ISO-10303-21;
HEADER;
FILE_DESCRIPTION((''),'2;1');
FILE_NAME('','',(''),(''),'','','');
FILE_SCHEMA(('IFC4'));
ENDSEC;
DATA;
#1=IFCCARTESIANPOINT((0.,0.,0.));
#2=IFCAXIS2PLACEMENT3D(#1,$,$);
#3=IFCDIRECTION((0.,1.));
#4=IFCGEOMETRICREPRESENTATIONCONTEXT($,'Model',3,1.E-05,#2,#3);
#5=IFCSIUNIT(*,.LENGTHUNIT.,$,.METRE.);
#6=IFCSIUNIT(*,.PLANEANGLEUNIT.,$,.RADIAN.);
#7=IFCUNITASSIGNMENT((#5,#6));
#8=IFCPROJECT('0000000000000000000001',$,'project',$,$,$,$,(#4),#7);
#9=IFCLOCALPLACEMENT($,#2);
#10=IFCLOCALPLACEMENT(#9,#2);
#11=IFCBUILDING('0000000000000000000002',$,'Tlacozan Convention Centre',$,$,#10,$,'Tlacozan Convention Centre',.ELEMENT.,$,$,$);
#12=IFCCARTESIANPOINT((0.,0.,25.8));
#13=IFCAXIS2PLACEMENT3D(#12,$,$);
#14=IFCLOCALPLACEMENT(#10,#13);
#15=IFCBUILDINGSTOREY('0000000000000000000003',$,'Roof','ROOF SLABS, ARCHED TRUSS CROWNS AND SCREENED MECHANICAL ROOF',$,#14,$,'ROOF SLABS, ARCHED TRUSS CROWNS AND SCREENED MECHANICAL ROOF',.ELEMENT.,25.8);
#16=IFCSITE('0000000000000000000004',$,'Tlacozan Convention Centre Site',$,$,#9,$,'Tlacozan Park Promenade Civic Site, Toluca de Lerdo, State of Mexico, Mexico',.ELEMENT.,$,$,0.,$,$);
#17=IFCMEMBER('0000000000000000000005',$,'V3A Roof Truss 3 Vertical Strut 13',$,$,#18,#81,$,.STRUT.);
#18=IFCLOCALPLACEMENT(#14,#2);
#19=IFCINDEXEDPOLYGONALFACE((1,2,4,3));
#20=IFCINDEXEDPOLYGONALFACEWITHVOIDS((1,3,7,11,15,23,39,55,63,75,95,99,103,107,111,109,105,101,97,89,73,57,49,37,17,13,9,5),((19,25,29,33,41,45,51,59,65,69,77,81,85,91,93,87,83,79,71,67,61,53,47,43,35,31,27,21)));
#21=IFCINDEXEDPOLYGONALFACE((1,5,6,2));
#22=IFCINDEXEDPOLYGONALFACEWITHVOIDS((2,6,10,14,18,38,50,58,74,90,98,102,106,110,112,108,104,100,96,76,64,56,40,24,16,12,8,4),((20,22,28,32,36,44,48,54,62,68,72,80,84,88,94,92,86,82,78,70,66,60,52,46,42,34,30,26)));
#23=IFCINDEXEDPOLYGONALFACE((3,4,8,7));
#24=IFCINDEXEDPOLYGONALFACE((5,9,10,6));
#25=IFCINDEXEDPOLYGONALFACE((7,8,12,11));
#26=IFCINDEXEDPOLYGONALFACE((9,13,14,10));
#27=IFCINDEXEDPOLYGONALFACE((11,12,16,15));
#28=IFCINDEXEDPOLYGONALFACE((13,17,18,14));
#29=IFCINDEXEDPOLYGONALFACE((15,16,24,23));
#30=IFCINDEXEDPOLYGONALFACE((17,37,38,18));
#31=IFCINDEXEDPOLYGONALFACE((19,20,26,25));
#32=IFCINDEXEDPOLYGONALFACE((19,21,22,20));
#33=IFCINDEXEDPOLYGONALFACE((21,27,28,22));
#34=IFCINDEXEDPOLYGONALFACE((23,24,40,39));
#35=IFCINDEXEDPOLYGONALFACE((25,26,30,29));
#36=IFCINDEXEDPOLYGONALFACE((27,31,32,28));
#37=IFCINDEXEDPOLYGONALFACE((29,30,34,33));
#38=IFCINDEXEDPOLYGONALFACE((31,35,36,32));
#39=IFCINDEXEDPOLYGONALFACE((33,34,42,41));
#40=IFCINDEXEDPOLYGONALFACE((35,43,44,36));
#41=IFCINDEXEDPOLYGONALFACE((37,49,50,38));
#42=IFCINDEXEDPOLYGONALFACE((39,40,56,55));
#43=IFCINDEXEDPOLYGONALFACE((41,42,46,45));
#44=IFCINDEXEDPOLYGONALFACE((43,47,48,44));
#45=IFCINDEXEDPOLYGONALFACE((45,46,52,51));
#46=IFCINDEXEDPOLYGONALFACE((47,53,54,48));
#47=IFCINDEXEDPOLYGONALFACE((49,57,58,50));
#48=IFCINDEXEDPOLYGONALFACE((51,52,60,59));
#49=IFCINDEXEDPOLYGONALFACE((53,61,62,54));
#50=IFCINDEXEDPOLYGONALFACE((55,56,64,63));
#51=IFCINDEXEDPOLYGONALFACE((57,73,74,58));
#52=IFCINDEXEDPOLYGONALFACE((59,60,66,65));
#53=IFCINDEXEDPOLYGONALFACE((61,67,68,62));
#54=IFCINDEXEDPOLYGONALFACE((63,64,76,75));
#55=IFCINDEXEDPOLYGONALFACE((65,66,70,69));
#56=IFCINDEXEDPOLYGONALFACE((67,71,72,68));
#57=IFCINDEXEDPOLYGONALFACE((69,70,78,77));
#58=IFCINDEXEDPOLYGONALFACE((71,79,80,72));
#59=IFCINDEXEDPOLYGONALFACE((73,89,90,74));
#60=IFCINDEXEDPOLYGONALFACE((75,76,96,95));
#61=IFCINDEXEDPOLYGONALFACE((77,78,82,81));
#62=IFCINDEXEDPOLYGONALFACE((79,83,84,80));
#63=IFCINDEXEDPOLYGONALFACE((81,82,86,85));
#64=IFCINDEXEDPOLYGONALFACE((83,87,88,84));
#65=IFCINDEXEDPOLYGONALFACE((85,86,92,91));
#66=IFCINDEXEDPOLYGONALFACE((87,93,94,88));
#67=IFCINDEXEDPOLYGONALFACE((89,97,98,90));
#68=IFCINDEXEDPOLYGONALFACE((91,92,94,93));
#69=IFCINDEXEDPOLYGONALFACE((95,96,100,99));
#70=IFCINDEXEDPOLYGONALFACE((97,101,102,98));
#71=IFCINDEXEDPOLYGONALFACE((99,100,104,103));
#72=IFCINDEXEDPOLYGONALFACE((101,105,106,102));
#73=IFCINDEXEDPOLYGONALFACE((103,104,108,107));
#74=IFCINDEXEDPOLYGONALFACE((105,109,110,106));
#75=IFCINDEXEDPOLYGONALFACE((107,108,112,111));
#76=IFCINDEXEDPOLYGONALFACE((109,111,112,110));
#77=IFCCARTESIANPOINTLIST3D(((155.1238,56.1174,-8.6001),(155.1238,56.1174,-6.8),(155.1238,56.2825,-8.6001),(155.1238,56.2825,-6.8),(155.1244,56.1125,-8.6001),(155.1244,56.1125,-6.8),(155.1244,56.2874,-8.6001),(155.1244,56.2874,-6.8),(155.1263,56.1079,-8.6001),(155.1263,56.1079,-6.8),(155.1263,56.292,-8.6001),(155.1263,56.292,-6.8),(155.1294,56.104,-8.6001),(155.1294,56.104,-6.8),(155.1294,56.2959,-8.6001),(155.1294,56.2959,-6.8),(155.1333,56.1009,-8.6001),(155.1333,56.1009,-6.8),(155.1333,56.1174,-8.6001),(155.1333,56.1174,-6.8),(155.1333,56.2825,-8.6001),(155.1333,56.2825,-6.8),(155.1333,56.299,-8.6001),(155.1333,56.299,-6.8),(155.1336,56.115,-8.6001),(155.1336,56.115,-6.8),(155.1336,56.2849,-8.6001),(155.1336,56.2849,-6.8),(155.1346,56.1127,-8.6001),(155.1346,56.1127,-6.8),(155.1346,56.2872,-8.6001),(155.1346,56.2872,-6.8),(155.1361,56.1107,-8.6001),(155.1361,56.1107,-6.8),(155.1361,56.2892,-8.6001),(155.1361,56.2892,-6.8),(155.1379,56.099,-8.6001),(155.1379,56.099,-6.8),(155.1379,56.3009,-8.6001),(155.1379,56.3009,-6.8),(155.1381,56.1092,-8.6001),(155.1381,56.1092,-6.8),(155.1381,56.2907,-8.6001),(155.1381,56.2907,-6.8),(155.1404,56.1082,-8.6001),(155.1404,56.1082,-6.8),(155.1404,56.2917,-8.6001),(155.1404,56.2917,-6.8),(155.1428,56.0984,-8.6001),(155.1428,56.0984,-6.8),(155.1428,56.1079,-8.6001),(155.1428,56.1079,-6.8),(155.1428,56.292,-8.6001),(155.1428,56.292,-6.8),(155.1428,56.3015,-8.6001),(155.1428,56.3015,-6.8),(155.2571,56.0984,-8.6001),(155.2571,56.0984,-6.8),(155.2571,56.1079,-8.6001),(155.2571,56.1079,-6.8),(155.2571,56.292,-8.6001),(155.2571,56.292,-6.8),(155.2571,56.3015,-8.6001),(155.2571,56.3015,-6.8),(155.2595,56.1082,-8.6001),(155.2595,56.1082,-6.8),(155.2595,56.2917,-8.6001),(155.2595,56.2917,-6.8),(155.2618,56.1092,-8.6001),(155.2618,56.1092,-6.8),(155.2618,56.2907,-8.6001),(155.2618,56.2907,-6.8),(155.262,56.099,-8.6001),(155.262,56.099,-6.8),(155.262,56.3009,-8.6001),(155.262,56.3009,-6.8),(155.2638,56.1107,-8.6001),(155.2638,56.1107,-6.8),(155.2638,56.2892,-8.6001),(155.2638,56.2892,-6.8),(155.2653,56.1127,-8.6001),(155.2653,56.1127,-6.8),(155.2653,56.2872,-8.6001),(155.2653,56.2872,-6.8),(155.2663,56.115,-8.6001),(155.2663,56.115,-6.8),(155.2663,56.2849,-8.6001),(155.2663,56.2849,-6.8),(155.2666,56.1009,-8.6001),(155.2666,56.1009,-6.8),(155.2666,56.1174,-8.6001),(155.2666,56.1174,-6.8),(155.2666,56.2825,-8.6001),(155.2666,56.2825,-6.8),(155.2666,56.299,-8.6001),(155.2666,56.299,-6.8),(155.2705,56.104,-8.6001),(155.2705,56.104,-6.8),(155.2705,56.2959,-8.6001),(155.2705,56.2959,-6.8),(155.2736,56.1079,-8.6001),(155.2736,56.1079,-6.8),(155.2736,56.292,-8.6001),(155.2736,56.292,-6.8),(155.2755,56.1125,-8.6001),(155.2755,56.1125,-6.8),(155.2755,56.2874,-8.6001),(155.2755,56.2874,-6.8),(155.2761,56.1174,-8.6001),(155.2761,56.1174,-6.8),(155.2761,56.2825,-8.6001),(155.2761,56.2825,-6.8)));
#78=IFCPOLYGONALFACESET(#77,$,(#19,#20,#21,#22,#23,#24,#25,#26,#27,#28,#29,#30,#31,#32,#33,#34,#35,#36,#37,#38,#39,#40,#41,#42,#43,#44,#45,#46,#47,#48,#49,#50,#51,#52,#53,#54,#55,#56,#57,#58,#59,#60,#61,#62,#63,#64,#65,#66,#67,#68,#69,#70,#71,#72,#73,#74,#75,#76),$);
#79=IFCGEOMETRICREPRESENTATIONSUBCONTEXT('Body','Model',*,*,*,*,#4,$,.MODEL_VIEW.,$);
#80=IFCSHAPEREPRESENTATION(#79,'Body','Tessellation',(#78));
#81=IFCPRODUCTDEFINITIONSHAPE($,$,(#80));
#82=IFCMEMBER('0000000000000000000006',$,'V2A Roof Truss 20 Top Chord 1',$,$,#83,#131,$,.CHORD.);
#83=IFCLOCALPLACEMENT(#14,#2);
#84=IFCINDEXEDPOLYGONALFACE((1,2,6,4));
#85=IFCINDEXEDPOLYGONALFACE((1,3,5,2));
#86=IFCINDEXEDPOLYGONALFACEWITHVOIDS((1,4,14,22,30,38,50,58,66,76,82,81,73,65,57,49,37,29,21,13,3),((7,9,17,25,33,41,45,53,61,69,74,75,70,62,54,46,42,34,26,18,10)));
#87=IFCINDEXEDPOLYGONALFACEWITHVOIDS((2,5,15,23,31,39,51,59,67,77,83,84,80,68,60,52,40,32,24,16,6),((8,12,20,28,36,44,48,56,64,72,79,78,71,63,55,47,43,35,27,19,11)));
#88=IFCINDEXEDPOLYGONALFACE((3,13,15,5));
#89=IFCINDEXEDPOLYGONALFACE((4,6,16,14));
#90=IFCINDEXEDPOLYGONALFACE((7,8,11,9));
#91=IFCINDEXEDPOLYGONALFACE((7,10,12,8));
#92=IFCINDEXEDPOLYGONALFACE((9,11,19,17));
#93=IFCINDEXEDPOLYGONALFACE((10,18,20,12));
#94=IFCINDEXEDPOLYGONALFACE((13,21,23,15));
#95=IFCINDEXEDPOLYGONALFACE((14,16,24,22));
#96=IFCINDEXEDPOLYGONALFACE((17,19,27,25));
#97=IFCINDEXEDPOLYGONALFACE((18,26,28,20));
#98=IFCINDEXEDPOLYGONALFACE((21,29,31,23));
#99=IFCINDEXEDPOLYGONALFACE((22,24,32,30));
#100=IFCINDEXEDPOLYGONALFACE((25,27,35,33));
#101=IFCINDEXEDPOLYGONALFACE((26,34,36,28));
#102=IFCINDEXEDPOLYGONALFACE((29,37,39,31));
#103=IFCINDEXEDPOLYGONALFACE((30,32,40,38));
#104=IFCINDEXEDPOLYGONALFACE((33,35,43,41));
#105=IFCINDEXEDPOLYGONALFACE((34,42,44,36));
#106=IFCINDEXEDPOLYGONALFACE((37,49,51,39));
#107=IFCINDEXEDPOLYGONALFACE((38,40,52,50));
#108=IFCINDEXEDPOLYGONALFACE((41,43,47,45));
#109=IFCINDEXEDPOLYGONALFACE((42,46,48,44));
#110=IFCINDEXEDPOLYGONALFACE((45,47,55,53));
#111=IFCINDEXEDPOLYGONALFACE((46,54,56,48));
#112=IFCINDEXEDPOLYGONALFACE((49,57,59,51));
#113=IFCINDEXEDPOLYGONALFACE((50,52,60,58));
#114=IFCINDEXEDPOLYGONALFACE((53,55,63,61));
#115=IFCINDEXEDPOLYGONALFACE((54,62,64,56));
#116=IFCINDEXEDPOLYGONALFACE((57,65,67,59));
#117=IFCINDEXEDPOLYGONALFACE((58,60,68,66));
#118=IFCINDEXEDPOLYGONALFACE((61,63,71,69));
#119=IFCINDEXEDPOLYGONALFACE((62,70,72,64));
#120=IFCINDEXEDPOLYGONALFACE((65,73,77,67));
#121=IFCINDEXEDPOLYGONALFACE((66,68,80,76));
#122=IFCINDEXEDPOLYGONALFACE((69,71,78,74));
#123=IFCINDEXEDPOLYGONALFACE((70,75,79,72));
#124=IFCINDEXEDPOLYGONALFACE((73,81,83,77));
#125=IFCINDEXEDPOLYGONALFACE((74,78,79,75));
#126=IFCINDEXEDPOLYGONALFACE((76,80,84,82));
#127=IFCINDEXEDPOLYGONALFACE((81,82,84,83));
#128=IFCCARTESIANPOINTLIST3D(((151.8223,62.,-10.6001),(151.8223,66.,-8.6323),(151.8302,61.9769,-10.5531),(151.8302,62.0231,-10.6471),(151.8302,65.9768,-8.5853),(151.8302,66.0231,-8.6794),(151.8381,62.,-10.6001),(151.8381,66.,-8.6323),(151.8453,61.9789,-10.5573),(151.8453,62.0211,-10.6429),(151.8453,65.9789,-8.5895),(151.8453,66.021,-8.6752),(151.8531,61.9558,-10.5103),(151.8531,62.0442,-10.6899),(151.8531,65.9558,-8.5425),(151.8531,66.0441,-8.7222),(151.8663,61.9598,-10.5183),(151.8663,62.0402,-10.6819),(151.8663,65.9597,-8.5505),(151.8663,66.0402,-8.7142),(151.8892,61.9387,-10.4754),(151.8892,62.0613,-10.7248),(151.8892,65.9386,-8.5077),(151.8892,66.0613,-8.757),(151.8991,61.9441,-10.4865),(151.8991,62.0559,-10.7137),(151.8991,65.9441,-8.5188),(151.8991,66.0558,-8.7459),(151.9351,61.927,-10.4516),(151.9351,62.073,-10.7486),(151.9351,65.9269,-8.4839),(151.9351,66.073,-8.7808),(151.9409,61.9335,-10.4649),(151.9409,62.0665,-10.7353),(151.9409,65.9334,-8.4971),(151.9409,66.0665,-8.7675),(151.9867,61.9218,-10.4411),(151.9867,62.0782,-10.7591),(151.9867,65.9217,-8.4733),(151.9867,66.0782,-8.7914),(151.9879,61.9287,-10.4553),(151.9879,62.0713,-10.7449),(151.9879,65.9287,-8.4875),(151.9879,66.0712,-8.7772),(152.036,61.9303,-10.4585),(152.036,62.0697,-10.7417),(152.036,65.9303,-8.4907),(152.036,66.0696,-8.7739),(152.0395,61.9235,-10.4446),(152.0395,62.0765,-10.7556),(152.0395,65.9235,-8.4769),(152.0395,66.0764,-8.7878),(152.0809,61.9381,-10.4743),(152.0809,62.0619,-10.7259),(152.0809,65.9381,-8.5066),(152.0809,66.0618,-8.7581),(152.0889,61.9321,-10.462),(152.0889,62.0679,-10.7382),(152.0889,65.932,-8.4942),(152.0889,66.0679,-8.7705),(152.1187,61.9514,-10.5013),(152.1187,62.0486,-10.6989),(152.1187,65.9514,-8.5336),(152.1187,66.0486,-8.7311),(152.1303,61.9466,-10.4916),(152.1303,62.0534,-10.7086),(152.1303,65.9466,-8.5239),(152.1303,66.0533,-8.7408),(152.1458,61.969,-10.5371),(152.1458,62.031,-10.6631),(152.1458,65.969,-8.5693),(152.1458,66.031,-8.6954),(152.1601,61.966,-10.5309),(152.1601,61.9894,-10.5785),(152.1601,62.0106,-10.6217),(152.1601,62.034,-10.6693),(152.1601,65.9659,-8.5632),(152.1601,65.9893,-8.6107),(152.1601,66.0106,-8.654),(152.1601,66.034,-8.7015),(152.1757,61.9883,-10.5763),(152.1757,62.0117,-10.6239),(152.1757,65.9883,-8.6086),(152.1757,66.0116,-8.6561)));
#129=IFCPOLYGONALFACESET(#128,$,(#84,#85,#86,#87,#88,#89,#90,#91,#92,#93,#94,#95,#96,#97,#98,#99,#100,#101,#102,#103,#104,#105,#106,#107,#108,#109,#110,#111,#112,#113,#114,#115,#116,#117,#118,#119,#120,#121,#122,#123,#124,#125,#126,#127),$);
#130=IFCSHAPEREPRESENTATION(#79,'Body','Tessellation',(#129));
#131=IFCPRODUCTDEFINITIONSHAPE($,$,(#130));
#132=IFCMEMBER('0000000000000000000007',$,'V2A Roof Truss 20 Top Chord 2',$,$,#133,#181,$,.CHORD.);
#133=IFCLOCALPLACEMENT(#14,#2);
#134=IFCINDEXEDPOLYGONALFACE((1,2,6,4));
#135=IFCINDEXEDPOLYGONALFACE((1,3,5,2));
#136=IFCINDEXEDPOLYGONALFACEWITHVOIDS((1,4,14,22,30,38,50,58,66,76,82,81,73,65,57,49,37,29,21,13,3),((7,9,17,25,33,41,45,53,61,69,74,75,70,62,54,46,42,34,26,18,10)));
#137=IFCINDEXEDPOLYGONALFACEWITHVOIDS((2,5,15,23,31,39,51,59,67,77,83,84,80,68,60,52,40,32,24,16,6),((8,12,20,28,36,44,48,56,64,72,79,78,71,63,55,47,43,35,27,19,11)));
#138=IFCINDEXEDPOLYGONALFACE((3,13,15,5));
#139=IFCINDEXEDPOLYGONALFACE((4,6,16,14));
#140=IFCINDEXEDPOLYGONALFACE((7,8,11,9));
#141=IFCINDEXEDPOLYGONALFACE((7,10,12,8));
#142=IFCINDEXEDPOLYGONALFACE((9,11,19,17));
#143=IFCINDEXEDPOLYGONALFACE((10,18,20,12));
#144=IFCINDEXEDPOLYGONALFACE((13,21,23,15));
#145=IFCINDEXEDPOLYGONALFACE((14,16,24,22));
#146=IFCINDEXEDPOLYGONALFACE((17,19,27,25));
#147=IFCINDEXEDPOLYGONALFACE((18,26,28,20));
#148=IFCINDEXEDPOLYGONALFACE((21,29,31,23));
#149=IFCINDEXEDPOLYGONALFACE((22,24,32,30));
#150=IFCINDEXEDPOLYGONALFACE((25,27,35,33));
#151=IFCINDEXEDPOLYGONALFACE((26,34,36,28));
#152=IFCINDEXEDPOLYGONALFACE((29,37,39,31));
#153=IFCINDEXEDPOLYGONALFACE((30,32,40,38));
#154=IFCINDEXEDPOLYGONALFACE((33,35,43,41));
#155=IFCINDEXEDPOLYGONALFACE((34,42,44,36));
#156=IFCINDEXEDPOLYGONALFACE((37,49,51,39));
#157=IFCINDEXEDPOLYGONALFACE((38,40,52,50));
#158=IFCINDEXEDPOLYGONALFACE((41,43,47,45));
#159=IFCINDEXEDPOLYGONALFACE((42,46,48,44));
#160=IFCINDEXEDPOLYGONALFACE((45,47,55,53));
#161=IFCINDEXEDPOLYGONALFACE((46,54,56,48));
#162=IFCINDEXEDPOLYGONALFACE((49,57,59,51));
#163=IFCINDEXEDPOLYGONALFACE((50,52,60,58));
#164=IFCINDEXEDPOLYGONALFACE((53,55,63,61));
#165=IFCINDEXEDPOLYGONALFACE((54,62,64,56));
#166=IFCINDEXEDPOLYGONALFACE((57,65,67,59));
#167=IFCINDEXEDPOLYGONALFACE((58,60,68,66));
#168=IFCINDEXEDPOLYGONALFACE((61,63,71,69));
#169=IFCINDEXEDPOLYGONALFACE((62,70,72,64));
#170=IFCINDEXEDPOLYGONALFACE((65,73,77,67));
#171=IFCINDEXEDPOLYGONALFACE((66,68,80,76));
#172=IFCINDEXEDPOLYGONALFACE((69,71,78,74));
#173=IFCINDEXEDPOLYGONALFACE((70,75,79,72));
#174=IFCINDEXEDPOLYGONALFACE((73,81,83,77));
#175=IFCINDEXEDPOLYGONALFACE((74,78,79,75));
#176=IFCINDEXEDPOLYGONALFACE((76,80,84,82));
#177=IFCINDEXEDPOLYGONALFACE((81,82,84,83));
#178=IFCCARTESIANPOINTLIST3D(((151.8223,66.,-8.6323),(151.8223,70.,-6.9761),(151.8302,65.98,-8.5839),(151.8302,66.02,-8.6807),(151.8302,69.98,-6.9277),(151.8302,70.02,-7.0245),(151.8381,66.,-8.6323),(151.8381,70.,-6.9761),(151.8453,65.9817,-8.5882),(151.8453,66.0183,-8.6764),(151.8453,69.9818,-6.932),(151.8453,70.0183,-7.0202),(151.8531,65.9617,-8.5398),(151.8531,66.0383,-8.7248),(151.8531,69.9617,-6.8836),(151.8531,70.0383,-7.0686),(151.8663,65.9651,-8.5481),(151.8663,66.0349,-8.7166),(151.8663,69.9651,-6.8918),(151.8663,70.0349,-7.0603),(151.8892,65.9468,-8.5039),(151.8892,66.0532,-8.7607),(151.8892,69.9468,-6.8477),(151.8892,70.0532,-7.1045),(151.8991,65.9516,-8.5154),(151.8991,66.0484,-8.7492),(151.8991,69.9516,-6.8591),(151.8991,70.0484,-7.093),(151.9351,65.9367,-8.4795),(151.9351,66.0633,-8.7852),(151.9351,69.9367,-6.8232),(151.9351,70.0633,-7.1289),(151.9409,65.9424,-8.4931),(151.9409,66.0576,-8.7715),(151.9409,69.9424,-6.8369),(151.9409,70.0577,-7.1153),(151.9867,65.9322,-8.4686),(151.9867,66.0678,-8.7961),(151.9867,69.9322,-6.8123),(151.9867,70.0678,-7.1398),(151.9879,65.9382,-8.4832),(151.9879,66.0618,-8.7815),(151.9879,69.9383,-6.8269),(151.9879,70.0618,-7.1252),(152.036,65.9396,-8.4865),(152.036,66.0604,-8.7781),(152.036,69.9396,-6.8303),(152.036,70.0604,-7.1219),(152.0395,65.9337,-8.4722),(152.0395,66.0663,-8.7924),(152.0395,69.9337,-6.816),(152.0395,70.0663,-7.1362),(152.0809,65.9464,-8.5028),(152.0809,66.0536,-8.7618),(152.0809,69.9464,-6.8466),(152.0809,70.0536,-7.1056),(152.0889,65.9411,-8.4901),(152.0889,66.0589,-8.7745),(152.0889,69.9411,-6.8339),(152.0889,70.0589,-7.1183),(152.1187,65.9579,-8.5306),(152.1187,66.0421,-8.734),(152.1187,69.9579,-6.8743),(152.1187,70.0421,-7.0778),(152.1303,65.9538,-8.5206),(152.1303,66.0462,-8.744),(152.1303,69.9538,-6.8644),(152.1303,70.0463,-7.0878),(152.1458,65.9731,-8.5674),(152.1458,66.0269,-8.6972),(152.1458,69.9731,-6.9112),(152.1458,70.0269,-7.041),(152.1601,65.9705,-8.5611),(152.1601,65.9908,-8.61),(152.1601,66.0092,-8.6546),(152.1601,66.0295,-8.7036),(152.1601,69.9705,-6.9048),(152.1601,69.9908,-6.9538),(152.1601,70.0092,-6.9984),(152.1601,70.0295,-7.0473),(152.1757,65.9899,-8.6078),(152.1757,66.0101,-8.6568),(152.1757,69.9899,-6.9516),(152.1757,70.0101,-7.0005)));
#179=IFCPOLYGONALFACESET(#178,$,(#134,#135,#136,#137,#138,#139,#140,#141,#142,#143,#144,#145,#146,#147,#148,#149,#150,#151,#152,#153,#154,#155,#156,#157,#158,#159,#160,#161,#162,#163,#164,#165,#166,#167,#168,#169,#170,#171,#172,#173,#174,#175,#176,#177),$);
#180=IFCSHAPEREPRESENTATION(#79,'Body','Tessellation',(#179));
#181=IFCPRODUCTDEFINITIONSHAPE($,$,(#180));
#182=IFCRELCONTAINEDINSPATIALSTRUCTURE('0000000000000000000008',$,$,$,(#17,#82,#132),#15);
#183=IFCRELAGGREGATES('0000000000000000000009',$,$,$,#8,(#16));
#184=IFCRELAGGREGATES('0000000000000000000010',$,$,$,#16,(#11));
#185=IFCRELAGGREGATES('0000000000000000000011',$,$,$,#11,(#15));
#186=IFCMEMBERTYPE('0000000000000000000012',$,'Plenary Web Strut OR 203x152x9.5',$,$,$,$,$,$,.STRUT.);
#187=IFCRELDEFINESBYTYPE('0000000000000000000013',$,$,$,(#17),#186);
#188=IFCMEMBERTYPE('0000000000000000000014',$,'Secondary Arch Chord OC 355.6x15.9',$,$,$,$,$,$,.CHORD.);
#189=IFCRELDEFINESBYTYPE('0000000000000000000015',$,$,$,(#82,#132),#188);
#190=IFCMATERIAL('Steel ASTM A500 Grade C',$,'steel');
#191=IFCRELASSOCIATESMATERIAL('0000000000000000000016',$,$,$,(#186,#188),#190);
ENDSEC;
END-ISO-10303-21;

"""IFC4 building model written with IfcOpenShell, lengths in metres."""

from ifc_helpers import new_model, si_unit, direction, frame, origin, origin_2d, place, context, subcontext, project, spatial, hollow_rectangle, hollow_circle, extrude, material, material_profile, profile_set, type_object, element, save


model = new_model("IFC4")

# Units and contexts
model_context = context("Model", 3, precision=1e-05, world=origin(), true_north=direction((0.0, 1.0)))
body_context = subcontext(model_context, "Body", "Model", "MODEL_VIEW")
ifc_project = project(units=[si_unit("LENGTHUNIT", "METRE"), si_unit("PLANEANGLEUNIT", "RADIAN")], contexts=[model_context])

# Site, building, storey
site_placement = place(None, origin())
site = spatial("IfcSite", under=ifc_project, at=site_placement, Name="Tlacozan Convention Centre Site", LongName="Tlacozan Park Promenade Civic Site, Toluca de Lerdo, State of Mexico, Mexico", CompositionType="ELEMENT", RefElevation=0.0)
building_placement = place(site_placement, origin())
building = spatial("IfcBuilding", under=site, at=building_placement, Name="Tlacozan Convention Centre", LongName="Tlacozan Convention Centre", CompositionType="ELEMENT")
storey_placement = place(building_placement, frame((0.0, 0.0, 25.8)))
storey = spatial("IfcBuildingStorey", under=building, at=storey_placement, Name="Roof", Description="ROOF SLABS, ARCHED TRUSS CROWNS AND SCREENED MECHANICAL ROOF", LongName="ROOF SLABS, ARCHED TRUSS CROWNS AND SCREENED MECHANICAL ROOF", CompositionType="ELEMENT", Elevation=25.8)

# Members
ifc_material_1 = material(Name="Steel ASTM A500 Grade C", Category="steel")
ifc_material_profile_1 = material_profile(ifc_material_1, hollow_rectangle(XDim=0.1523, YDim=0.2031, WallThickness=0.0095, InnerFilletRadius=0.0095, OuterFilletRadius=0.019, at=origin_2d()), Name="OR 203x152x9.5")
ifc_profile_set_1 = profile_set([ifc_material_profile_1], Name="Steel ASTM A500 Grade C")
member_type_1 = type_object("IfcMemberType", Name="Plenary Web Strut OR 203x152x9.5", PredefinedType="STRUT", material=ifc_profile_set_1)
for number, where, z_axis, x_axis, name in (
    (1, (155.2, 56.2, -8.6001), (0.0, 0.0, 1.0), (1.0, 0.0, 0.0), "V3A Roof Truss 3 Vertical Strut 13"),
):
    element("IfcMember", number, at=place(storey_placement, frame(where, z_axis=z_axis, x_axis=x_axis)), inside=storey, type_object=member_type_1, Name=name, PredefinedType="STRUT", context=body_context, shape_type="SweptSolid", body=[
        extrude(hollow_rectangle(XDim=0.1523, YDim=0.2031, WallThickness=0.0095, InnerFilletRadius=0.0095, OuterFilletRadius=0.019, at=origin_2d()), origin(), (0.0, 0.0, 1.0), 1.8),
    ])
ifc_material_profile_2 = material_profile(ifc_material_1, hollow_circle(Radius=0.1777, WallThickness=0.0159, at=origin_2d()), Name="OC 355.6x15.9")
ifc_profile_set_2 = profile_set([ifc_material_profile_2], Name="Steel ASTM A500 Grade C")
member_type_2 = type_object("IfcMemberType", Name="Secondary Arch Chord OC 355.6x15.9", PredefinedType="CHORD", material=ifc_profile_set_2)
member_1_placement = place(storey_placement, frame((152.0, 62.0, -10.6001), z_axis=(0.0, 0.8973, 0.441421), x_axis=(-1.0, 0.0, 0.0)))
element("IfcMember", 2, at=member_1_placement, inside=storey, type_object=member_type_2, Name="V2A Roof Truss 20 Top Chord 1", PredefinedType="CHORD", context=body_context, shape_type="SweptSolid", body=[
    extrude(hollow_circle(Radius=0.1777, WallThickness=0.0159, at=origin_2d()), origin(), (0.0, 0.0, 1.0), 4.4578),
])
member_2_placement = place(storey_placement, frame((152.0, 66.0, -8.6323), z_axis=(0.0, 0.923929, 0.382564), x_axis=(-1.0, 0.0, 0.0)))
element("IfcMember", 3, at=member_2_placement, inside=storey, type_object=member_type_2, Name="V2A Roof Truss 20 Top Chord 2", PredefinedType="CHORD", context=body_context, shape_type="SweptSolid", body=[
    extrude(hollow_circle(Radius=0.1777, WallThickness=0.0159, at=origin_2d()), origin(), (0.0, 0.0, 1.0), 4.3293),
])

save(model, "model.ifc")
